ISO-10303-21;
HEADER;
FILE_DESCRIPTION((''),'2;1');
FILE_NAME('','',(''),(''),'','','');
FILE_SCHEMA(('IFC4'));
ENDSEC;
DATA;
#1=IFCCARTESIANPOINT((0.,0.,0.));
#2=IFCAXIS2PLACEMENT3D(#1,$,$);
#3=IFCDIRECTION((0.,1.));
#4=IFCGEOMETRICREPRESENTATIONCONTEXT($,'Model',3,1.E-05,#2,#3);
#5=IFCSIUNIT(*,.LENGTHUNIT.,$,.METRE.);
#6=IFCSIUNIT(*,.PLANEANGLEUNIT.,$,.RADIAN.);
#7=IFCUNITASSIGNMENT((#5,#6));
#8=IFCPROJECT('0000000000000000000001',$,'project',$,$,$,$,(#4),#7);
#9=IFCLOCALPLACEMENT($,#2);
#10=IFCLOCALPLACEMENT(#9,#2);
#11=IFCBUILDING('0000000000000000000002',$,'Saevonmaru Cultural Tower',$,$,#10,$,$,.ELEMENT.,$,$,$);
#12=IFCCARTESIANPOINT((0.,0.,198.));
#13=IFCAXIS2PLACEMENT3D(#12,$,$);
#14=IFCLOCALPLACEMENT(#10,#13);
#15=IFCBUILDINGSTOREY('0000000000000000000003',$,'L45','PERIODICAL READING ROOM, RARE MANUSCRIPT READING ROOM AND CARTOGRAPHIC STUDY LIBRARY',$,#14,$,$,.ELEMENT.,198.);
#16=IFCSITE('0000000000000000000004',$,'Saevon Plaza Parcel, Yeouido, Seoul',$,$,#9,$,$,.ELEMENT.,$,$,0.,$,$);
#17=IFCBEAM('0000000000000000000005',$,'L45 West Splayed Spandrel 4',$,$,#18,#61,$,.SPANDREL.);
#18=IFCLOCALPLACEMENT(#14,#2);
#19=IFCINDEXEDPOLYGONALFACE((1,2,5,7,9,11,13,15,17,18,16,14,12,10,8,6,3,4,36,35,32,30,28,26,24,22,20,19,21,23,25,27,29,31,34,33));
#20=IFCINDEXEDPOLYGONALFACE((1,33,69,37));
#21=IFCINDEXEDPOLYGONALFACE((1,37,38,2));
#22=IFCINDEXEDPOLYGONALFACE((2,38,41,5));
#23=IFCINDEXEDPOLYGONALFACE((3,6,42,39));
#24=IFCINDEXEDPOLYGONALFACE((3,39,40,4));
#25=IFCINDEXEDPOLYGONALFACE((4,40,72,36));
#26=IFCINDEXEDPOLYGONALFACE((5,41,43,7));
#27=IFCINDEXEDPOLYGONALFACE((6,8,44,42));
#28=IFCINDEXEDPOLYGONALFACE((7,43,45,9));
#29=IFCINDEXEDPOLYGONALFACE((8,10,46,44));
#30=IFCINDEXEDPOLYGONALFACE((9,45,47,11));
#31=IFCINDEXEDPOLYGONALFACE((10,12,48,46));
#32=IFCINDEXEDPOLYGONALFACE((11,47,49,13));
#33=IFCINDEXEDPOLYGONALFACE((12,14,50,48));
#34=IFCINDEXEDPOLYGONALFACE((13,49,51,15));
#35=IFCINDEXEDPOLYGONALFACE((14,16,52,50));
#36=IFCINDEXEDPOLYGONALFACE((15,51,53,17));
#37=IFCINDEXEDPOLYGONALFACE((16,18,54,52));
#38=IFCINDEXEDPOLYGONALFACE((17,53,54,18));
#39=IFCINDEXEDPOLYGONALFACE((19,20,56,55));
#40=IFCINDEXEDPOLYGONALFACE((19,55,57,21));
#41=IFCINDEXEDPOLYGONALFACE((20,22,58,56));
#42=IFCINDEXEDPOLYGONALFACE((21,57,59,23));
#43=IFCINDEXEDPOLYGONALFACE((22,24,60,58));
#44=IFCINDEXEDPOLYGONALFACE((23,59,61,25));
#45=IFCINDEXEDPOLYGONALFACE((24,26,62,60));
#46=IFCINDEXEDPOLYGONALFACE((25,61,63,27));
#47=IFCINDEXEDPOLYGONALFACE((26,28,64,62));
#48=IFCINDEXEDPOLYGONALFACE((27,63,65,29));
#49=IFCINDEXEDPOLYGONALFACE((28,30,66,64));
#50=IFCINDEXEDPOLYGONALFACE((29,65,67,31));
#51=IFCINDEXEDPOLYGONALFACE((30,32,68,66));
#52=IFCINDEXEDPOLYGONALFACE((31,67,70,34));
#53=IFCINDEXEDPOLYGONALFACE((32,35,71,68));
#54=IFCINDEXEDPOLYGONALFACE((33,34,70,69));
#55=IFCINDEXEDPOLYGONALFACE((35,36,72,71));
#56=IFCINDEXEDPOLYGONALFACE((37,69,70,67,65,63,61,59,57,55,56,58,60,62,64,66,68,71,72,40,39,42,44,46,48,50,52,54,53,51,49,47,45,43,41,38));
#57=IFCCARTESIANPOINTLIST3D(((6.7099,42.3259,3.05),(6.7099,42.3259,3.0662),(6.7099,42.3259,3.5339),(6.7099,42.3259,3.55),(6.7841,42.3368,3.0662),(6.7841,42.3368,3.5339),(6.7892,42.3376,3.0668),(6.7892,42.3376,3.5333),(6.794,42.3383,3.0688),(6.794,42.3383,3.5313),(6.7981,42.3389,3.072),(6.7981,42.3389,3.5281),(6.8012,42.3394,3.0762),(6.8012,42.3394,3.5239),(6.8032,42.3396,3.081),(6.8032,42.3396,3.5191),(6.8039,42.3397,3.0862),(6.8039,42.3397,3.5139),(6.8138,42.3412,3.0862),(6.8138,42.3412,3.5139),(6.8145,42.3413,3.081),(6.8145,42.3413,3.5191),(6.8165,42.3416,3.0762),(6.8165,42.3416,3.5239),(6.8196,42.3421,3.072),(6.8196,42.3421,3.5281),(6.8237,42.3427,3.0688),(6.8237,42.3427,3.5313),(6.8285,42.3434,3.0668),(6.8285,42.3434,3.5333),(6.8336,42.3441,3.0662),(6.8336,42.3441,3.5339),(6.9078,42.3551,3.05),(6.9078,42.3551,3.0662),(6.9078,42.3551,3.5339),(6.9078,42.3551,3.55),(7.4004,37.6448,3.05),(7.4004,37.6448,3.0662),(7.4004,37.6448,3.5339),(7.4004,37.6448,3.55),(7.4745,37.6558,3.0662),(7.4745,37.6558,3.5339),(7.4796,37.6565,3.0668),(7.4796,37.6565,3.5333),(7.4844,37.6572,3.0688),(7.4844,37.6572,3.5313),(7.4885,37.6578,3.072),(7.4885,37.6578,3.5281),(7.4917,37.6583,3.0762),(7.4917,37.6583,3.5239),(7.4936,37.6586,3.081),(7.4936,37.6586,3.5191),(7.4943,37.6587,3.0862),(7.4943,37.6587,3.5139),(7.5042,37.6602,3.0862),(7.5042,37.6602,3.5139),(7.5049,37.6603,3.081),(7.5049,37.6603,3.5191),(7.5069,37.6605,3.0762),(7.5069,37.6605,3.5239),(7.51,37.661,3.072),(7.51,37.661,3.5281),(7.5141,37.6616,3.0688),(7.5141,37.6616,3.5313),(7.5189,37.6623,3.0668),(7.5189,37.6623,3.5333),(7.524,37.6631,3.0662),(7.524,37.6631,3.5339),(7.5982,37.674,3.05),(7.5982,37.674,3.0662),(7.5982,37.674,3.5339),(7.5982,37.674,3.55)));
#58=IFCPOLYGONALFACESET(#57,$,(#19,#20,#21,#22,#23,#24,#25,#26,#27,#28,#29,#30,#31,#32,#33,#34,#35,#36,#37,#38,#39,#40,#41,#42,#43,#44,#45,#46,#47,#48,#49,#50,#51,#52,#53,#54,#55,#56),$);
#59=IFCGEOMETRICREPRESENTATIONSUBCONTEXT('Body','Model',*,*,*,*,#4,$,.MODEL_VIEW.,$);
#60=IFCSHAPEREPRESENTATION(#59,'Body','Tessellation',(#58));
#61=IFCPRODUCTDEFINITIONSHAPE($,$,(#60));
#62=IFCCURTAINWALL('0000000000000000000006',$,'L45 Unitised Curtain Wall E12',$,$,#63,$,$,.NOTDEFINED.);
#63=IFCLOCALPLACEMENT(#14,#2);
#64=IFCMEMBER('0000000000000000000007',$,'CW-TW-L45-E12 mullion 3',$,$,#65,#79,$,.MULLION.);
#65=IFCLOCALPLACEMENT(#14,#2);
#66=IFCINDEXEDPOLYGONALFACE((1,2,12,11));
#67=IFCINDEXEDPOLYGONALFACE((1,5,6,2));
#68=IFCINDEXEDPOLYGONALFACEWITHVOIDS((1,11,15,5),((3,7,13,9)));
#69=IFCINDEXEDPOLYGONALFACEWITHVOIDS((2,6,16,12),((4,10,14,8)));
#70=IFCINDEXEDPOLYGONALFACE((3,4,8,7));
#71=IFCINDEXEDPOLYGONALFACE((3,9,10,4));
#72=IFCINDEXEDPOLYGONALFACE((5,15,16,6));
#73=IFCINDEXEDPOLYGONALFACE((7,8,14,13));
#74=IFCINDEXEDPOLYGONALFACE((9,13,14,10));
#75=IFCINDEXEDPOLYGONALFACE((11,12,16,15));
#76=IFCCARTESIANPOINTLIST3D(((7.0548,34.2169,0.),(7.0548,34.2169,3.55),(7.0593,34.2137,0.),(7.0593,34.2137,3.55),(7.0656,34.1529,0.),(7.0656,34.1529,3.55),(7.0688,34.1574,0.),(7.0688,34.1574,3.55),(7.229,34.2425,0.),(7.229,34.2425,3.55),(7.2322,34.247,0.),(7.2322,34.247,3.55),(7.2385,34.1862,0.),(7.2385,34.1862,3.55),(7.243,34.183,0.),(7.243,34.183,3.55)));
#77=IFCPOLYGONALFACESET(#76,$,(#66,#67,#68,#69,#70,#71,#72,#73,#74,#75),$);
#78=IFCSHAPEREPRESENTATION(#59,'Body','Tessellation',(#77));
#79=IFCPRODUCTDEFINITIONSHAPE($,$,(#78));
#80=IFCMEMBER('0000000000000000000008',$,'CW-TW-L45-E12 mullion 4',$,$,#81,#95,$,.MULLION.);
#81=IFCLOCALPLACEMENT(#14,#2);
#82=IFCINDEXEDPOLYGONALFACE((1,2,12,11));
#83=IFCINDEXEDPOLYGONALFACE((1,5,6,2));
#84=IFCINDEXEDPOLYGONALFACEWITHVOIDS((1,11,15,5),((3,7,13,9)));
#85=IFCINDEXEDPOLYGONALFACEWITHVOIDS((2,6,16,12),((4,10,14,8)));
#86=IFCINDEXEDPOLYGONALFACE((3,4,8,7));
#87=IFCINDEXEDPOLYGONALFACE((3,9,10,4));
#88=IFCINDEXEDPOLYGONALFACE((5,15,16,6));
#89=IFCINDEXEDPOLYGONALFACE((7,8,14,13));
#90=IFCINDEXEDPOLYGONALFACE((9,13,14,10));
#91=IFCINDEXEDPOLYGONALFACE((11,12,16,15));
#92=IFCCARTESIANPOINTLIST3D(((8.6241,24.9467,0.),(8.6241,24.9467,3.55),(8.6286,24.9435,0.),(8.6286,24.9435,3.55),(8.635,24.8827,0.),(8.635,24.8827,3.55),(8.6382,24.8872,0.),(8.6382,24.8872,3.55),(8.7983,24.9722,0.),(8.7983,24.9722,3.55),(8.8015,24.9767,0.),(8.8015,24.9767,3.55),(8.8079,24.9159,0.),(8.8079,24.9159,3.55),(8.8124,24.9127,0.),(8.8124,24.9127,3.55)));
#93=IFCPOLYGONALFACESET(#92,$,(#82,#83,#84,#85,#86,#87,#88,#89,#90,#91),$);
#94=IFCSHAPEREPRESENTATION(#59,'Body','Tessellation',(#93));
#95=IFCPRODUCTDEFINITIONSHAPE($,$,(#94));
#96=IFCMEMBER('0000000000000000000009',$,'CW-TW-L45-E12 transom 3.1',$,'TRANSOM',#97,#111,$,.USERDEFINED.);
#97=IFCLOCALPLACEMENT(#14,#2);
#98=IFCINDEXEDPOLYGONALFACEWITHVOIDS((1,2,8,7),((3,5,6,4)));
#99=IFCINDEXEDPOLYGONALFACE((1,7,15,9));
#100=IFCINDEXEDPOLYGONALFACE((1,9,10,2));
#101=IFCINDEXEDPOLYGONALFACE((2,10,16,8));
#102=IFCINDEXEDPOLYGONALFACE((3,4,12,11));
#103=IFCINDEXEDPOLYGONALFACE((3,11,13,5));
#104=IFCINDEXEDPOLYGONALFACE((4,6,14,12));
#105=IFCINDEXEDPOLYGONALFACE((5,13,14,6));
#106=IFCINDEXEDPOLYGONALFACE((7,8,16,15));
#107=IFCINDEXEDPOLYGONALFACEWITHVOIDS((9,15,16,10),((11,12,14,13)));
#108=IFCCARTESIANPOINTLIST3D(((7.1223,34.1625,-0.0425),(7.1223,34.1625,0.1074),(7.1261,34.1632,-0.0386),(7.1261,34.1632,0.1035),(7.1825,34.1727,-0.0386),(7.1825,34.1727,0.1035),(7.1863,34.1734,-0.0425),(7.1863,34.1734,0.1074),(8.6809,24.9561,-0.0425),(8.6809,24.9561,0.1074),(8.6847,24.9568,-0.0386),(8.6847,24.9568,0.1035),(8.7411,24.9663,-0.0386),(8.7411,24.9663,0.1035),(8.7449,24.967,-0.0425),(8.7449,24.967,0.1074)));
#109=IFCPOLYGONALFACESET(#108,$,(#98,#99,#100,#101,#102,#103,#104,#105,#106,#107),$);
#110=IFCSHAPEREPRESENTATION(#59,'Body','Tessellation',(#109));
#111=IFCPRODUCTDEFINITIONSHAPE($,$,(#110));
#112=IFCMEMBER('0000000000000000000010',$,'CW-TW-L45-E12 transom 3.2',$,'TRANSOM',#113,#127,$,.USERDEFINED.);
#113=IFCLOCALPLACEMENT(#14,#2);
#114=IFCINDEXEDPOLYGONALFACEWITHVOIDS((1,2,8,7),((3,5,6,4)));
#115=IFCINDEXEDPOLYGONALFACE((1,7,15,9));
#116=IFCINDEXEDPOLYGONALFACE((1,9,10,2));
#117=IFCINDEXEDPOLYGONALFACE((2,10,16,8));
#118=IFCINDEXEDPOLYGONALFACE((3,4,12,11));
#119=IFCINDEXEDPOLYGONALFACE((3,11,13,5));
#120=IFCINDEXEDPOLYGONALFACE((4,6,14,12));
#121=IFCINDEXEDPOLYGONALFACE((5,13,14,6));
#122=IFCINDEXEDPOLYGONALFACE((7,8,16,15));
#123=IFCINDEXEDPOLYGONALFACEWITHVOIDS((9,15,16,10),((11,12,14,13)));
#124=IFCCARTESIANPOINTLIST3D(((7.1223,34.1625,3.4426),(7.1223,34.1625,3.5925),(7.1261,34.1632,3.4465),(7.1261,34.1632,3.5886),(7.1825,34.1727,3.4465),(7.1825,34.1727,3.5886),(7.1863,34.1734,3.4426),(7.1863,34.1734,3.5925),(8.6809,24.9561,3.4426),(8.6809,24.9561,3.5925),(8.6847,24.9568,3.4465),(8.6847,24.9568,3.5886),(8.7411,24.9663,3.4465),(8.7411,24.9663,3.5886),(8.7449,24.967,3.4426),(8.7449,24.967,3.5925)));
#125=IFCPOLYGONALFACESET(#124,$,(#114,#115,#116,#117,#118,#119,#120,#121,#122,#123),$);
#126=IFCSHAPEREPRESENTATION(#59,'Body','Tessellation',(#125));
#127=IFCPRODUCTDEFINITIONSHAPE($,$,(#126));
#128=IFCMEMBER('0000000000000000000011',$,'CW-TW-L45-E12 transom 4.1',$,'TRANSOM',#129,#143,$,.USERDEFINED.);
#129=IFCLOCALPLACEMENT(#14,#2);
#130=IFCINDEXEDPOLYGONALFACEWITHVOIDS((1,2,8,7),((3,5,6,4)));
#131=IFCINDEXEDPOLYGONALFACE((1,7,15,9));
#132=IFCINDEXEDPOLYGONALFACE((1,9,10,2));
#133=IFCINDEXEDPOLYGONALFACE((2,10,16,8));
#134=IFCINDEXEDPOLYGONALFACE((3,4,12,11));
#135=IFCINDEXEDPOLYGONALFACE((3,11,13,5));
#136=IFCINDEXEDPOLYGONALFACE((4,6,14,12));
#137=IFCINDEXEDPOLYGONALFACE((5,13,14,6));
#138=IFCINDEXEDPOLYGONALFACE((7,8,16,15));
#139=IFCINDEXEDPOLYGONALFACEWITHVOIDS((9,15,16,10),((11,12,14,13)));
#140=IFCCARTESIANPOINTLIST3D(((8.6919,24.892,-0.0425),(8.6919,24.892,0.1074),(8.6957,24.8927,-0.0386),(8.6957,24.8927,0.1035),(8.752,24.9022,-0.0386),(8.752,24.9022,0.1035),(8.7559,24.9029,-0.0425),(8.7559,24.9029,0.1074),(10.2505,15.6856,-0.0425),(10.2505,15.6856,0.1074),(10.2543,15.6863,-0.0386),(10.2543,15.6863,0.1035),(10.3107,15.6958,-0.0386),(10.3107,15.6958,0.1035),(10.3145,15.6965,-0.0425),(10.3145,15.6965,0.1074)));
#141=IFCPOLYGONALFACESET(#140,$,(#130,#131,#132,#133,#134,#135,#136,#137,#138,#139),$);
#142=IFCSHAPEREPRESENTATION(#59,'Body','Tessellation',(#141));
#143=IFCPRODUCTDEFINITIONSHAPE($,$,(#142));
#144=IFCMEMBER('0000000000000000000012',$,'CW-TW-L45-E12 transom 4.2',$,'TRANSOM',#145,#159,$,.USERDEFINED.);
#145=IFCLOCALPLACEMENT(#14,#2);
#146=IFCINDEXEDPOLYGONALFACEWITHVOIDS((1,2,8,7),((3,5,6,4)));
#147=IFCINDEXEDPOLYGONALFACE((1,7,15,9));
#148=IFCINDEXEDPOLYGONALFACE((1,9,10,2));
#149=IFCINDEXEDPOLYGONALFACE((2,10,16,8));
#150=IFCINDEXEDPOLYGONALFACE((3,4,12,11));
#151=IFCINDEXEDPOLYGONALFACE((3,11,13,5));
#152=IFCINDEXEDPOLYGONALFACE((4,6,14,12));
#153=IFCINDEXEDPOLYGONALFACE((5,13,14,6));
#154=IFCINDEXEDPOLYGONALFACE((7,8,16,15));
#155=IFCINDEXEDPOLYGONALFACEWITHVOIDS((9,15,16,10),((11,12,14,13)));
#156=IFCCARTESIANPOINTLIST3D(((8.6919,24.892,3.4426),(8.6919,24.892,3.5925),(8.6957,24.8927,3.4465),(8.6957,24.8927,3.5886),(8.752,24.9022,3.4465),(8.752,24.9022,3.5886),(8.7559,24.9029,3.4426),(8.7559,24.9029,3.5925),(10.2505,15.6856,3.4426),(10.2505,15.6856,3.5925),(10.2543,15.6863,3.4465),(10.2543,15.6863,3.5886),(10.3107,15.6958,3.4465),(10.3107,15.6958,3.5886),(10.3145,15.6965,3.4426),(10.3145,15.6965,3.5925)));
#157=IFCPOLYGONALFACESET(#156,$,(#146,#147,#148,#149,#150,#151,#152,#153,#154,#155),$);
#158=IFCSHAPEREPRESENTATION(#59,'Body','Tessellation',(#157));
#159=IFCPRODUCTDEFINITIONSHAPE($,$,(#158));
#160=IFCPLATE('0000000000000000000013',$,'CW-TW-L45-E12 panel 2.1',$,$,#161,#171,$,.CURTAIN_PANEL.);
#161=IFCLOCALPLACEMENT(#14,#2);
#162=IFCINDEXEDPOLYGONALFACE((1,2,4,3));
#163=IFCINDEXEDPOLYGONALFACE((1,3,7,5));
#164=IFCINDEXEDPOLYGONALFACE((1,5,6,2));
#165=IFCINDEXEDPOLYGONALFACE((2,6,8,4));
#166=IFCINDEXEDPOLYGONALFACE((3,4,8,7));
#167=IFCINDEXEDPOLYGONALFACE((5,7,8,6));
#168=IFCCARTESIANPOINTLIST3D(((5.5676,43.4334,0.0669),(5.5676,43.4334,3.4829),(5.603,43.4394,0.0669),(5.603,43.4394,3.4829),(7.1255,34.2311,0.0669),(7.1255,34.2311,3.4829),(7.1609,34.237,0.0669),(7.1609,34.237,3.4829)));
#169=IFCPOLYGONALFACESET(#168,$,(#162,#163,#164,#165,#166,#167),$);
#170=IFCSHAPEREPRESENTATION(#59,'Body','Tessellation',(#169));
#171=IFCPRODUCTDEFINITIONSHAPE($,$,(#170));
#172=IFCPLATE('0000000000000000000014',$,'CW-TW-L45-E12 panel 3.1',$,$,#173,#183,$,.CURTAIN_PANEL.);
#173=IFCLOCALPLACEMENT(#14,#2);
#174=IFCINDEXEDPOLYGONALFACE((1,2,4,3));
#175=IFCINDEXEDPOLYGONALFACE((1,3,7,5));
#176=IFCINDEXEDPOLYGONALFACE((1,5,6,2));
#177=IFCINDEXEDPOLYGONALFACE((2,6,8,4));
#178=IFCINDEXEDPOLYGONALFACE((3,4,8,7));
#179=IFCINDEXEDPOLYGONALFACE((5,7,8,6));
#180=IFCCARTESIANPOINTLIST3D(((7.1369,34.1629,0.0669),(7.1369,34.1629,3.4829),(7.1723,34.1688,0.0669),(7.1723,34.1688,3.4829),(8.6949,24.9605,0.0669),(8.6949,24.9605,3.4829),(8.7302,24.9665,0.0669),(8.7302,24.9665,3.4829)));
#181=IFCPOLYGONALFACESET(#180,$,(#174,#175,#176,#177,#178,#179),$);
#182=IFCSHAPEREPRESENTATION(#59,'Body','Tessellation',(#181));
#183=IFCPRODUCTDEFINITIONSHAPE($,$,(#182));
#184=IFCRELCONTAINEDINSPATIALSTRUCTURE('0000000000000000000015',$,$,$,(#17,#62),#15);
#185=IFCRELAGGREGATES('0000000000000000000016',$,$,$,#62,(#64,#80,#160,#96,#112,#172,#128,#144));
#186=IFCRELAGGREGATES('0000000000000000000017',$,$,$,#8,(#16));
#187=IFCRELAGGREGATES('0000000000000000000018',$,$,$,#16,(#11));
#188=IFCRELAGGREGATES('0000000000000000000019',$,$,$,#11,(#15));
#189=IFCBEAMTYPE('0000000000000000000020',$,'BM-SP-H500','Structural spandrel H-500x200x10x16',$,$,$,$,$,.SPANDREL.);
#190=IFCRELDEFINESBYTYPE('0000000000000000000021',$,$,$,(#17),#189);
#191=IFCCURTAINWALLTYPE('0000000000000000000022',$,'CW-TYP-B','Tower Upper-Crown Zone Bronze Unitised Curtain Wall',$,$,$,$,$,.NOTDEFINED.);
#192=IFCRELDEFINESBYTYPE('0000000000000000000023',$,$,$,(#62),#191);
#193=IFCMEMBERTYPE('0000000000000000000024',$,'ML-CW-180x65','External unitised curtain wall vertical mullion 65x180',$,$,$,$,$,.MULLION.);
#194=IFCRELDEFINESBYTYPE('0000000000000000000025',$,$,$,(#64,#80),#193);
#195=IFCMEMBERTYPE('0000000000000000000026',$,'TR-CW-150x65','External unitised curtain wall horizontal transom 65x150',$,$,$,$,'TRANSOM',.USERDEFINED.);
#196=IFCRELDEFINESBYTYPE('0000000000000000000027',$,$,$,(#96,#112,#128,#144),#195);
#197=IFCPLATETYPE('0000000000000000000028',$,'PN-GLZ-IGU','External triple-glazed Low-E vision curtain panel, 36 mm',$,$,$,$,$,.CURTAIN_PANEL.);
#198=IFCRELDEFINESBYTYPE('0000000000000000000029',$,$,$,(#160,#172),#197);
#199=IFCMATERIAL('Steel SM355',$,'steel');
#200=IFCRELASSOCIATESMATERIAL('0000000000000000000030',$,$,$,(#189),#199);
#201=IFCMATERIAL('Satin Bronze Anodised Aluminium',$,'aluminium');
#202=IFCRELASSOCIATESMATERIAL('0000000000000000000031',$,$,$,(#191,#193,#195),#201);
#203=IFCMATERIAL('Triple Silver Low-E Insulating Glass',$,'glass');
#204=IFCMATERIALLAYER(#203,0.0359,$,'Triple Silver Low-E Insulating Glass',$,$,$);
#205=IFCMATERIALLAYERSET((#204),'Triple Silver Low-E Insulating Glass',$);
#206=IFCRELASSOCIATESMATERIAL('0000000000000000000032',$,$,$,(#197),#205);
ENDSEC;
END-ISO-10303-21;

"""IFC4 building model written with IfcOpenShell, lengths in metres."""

from ifc_helpers import new_model, si_unit, direction, frame, origin, origin_2d, place, context, subcontext, project, spatial, rectangle, hollow_rectangle, i_section, extrude, material, layer, layer_set, material_profile, profile_set, type_object, element, aggregate, save


model = new_model("IFC4")

# Units and contexts
model_context = context("Model", 3, precision=1e-05, world=origin(), true_north=direction((0.0, 1.0)))
body_context = subcontext(model_context, "Body", "Model", "MODEL_VIEW")
ifc_project = project(units=[si_unit("LENGTHUNIT", "METRE"), si_unit("PLANEANGLEUNIT", "RADIAN")], contexts=[model_context])

# Site, building, storey
site_placement = place(None, origin())
site = spatial("IfcSite", under=ifc_project, at=site_placement, Name="Saevon Plaza Parcel, Yeouido, Seoul", CompositionType="ELEMENT", RefElevation=0.0)
building_placement = place(site_placement, origin())
building = spatial("IfcBuilding", under=site, at=building_placement, Name="Saevonmaru Cultural Tower", CompositionType="ELEMENT")
storey_placement = place(building_placement, frame((0.0, 0.0, 198.0)))
storey = spatial("IfcBuildingStorey", under=building, at=storey_placement, Name="L45", Description="PERIODICAL READING ROOM, RARE MANUSCRIPT READING ROOM AND CARTOGRAPHIC STUDY LIBRARY", CompositionType="ELEMENT", Elevation=198.0)

# Beam
ifc_material_1 = material(Name="Steel SM355", Category="steel")
ifc_material_profile_1 = material_profile(ifc_material_1, i_section(OverallWidth=0.2, OverallDepth=0.5, WebThickness=0.01, FlangeThickness=0.0161, FilletRadius=0.02, at=origin_2d()), Name="H-500x200x10x16")
ifc_profile_set_1 = profile_set([ifc_material_profile_1], Name="Steel SM355")
beam_type_1 = type_object("IfcBeamType", Name="BM-SP-H500", Description="Structural spandrel H-500x200x10x16", PredefinedType="SPANDREL", material=ifc_profile_set_1)
beam_1_placement = place(storey_placement, frame((7.4993, 37.6594, 3.3), z_axis=(-0.145913, 0.989297, 0.0), x_axis=(-0.989297, -0.145913, 0.0)))
element("IfcBeam", 1, at=beam_1_placement, inside=storey, type_object=beam_type_1, Name="L45 West Splayed Spandrel 4", PredefinedType="SPANDREL", context=body_context, shape_type="SweptSolid", body=[
    extrude(i_section(OverallWidth=0.2, OverallDepth=0.5, WebThickness=0.01, FlangeThickness=0.0161, FilletRadius=0.02, at=origin_2d()), origin(), (0.0, 0.0, 1.0), 4.7317),
])

# Curtain wall, members, plates
ifc_material_2 = material(Name="Satin Bronze Anodised Aluminium", Category="aluminium")
curtain_wall_type = type_object("IfcCurtainWallType", Name="CW-TYP-B", Description="Tower Upper-Crown Zone Bronze Unitised Curtain Wall", PredefinedType="NOTDEFINED", material=ifc_material_2)
curtain_wall_placement = place(storey_placement, origin())
curtain_wall = element("IfcCurtainWall", 2, at=curtain_wall_placement, inside=storey, type_object=curtain_wall_type, Name="L45 Unitised Curtain Wall E12", PredefinedType="NOTDEFINED")
ifc_material_profile_2 = material_profile(ifc_material_2, hollow_rectangle(XDim=0.0649, YDim=0.1799, WallThickness=0.0039, at=origin_2d()), Name="ALU-MULL-180x65x4")
ifc_profile_set_2 = profile_set([ifc_material_profile_2], Name="Satin Bronze Anodised Aluminium")
member_type_1 = type_object("IfcMemberType", Name="ML-CW-180x65", Description="External unitised curtain wall vertical mullion 65x180", PredefinedType="MULLION", material=ifc_profile_set_2)
member_1_placement = place(storey_placement, frame((7.1489, 34.2, 0.0), z_axis=(0.0, 0.0, 1.0), x_axis=(0.166922, -0.98597, 0.0)))
member_1 = element("IfcMember", 3, at=member_1_placement, type_object=member_type_1, Name="CW-TW-L45-E12 mullion 3", PredefinedType="MULLION", context=body_context, shape_type="SweptSolid", body=[
    extrude(hollow_rectangle(XDim=0.0649, YDim=0.1799, WallThickness=0.0039, at=origin_2d()), origin(), (0.0, 0.0, 1.0), 3.55),
])
member_2_placement = place(storey_placement, frame((8.7183, 24.9297, 0.0), z_axis=(0.0, 0.0, 1.0), x_axis=(0.166922, -0.98597, 0.0)))
member_2 = element("IfcMember", 4, at=member_2_placement, type_object=member_type_1, Name="CW-TW-L45-E12 mullion 4", PredefinedType="MULLION", context=body_context, shape_type="SweptSolid", body=[
    extrude(hollow_rectangle(XDim=0.0649, YDim=0.1799, WallThickness=0.0039, at=origin_2d()), origin(), (0.0, 0.0, 1.0), 3.55),
])
ifc_material_profile_3 = material_profile(ifc_material_2, hollow_rectangle(XDim=0.0649, YDim=0.1499, WallThickness=0.0039, at=origin_2d()), Name="ALU-TRAN-150x65x4")
ifc_profile_set_3 = profile_set([ifc_material_profile_3], Name="Satin Bronze Anodised Aluminium")
member_type_2 = type_object("IfcMemberType", Name="TR-CW-150x65", Description="External unitised curtain wall horizontal transom 65x150", ElementType="TRANSOM", PredefinedType="USERDEFINED", material=ifc_profile_set_3)
member_3_placement = place(storey_placement, frame((7.1543, 34.168, 0.0325), z_axis=(0.166921, -0.98597, 0.0), x_axis=(0.98597, 0.166921, 0.0)))
member_3 = element("IfcMember", 5, at=member_3_placement, type_object=member_type_2, Name="CW-TW-L45-E12 transom 3.1", ObjectType="TRANSOM", PredefinedType="USERDEFINED", context=body_context, shape_type="SweptSolid", body=[
    extrude(hollow_rectangle(XDim=0.0649, YDim=0.1499, WallThickness=0.0039, at=origin_2d()), origin(), (0.0, 0.0, 1.0), 9.3374),
])
member_4_placement = place(storey_placement, frame((7.1543, 34.168, 3.5176), z_axis=(0.166921, -0.98597, 0.0), x_axis=(0.98597, 0.166921, 0.0)))
member_4 = element("IfcMember", 6, at=member_4_placement, type_object=member_type_2, Name="CW-TW-L45-E12 transom 3.2", ObjectType="TRANSOM", PredefinedType="USERDEFINED", context=body_context, shape_type="SweptSolid", body=[
    extrude(hollow_rectangle(XDim=0.0649, YDim=0.1499, WallThickness=0.0039, at=origin_2d()), origin(), (0.0, 0.0, 1.0), 9.3374),
])
member_5_placement = place(storey_placement, frame((8.7239, 24.8975, 0.0325), z_axis=(0.166921, -0.98597, 0.0), x_axis=(0.98597, 0.166921, 0.0)))
member_5 = element("IfcMember", 7, at=member_5_placement, type_object=member_type_2, Name="CW-TW-L45-E12 transom 4.1", ObjectType="TRANSOM", PredefinedType="USERDEFINED", context=body_context, shape_type="SweptSolid", body=[
    extrude(hollow_rectangle(XDim=0.0649, YDim=0.1499, WallThickness=0.0039, at=origin_2d()), origin(), (0.0, 0.0, 1.0), 9.3374),
])
member_6_placement = place(storey_placement, frame((8.7239, 24.8975, 3.5176), z_axis=(0.166921, -0.98597, 0.0), x_axis=(0.98597, 0.166921, 0.0)))
member_6 = element("IfcMember", 8, at=member_6_placement, type_object=member_type_2, Name="CW-TW-L45-E12 transom 4.2", ObjectType="TRANSOM", PredefinedType="USERDEFINED", context=body_context, shape_type="SweptSolid", body=[
    extrude(hollow_rectangle(XDim=0.0649, YDim=0.1499, WallThickness=0.0039, at=origin_2d()), origin(), (0.0, 0.0, 1.0), 9.3374),
])
ifc_material_3 = material(Name="Triple Silver Low-E Insulating Glass", Category="glass")
ifc_layer_1 = layer(ifc_material_3, 0.0359, Name="Triple Silver Low-E Insulating Glass")
ifc_layer_set_1 = layer_set([ifc_layer_1], Name="Triple Silver Low-E Insulating Glass")
plate_type = type_object("IfcPlateType", Name="PN-GLZ-IGU", Description="External triple-glazed Low-E vision curtain panel, 36 mm", PredefinedType="CURTAIN_PANEL", material=ifc_layer_set_1)
plate_1_placement = place(storey_placement, frame((6.3643, 38.8352, 0.0669), z_axis=(0.0, 0.0, 1.0), x_axis=(0.166922, -0.98597, 0.0)))
plate_1 = element("IfcPlate", 9, at=plate_1_placement, type_object=plate_type, Name="CW-TW-L45-E12 panel 2.1", PredefinedType="CURTAIN_PANEL", context=body_context, shape_type="SweptSolid", body=[
    extrude(rectangle(XDim=9.3333, YDim=0.0359, at=origin_2d()), origin(), (0.0, 0.0, 1.0), 3.416),
])
plate_2_placement = place(storey_placement, frame((7.9336, 29.5647, 0.0669), z_axis=(0.0, 0.0, 1.0), x_axis=(0.166922, -0.98597, 0.0)))
plate_2 = element("IfcPlate", 10, at=plate_2_placement, type_object=plate_type, Name="CW-TW-L45-E12 panel 3.1", PredefinedType="CURTAIN_PANEL", context=body_context, shape_type="SweptSolid", body=[
    extrude(rectangle(XDim=9.3333, YDim=0.0359, at=origin_2d()), origin(), (0.0, 0.0, 1.0), 3.416),
])
aggregate(curtain_wall, [member_1, member_2, plate_1, member_3, member_4, plate_2, member_5, member_6])

save(model, "model.ifc")
